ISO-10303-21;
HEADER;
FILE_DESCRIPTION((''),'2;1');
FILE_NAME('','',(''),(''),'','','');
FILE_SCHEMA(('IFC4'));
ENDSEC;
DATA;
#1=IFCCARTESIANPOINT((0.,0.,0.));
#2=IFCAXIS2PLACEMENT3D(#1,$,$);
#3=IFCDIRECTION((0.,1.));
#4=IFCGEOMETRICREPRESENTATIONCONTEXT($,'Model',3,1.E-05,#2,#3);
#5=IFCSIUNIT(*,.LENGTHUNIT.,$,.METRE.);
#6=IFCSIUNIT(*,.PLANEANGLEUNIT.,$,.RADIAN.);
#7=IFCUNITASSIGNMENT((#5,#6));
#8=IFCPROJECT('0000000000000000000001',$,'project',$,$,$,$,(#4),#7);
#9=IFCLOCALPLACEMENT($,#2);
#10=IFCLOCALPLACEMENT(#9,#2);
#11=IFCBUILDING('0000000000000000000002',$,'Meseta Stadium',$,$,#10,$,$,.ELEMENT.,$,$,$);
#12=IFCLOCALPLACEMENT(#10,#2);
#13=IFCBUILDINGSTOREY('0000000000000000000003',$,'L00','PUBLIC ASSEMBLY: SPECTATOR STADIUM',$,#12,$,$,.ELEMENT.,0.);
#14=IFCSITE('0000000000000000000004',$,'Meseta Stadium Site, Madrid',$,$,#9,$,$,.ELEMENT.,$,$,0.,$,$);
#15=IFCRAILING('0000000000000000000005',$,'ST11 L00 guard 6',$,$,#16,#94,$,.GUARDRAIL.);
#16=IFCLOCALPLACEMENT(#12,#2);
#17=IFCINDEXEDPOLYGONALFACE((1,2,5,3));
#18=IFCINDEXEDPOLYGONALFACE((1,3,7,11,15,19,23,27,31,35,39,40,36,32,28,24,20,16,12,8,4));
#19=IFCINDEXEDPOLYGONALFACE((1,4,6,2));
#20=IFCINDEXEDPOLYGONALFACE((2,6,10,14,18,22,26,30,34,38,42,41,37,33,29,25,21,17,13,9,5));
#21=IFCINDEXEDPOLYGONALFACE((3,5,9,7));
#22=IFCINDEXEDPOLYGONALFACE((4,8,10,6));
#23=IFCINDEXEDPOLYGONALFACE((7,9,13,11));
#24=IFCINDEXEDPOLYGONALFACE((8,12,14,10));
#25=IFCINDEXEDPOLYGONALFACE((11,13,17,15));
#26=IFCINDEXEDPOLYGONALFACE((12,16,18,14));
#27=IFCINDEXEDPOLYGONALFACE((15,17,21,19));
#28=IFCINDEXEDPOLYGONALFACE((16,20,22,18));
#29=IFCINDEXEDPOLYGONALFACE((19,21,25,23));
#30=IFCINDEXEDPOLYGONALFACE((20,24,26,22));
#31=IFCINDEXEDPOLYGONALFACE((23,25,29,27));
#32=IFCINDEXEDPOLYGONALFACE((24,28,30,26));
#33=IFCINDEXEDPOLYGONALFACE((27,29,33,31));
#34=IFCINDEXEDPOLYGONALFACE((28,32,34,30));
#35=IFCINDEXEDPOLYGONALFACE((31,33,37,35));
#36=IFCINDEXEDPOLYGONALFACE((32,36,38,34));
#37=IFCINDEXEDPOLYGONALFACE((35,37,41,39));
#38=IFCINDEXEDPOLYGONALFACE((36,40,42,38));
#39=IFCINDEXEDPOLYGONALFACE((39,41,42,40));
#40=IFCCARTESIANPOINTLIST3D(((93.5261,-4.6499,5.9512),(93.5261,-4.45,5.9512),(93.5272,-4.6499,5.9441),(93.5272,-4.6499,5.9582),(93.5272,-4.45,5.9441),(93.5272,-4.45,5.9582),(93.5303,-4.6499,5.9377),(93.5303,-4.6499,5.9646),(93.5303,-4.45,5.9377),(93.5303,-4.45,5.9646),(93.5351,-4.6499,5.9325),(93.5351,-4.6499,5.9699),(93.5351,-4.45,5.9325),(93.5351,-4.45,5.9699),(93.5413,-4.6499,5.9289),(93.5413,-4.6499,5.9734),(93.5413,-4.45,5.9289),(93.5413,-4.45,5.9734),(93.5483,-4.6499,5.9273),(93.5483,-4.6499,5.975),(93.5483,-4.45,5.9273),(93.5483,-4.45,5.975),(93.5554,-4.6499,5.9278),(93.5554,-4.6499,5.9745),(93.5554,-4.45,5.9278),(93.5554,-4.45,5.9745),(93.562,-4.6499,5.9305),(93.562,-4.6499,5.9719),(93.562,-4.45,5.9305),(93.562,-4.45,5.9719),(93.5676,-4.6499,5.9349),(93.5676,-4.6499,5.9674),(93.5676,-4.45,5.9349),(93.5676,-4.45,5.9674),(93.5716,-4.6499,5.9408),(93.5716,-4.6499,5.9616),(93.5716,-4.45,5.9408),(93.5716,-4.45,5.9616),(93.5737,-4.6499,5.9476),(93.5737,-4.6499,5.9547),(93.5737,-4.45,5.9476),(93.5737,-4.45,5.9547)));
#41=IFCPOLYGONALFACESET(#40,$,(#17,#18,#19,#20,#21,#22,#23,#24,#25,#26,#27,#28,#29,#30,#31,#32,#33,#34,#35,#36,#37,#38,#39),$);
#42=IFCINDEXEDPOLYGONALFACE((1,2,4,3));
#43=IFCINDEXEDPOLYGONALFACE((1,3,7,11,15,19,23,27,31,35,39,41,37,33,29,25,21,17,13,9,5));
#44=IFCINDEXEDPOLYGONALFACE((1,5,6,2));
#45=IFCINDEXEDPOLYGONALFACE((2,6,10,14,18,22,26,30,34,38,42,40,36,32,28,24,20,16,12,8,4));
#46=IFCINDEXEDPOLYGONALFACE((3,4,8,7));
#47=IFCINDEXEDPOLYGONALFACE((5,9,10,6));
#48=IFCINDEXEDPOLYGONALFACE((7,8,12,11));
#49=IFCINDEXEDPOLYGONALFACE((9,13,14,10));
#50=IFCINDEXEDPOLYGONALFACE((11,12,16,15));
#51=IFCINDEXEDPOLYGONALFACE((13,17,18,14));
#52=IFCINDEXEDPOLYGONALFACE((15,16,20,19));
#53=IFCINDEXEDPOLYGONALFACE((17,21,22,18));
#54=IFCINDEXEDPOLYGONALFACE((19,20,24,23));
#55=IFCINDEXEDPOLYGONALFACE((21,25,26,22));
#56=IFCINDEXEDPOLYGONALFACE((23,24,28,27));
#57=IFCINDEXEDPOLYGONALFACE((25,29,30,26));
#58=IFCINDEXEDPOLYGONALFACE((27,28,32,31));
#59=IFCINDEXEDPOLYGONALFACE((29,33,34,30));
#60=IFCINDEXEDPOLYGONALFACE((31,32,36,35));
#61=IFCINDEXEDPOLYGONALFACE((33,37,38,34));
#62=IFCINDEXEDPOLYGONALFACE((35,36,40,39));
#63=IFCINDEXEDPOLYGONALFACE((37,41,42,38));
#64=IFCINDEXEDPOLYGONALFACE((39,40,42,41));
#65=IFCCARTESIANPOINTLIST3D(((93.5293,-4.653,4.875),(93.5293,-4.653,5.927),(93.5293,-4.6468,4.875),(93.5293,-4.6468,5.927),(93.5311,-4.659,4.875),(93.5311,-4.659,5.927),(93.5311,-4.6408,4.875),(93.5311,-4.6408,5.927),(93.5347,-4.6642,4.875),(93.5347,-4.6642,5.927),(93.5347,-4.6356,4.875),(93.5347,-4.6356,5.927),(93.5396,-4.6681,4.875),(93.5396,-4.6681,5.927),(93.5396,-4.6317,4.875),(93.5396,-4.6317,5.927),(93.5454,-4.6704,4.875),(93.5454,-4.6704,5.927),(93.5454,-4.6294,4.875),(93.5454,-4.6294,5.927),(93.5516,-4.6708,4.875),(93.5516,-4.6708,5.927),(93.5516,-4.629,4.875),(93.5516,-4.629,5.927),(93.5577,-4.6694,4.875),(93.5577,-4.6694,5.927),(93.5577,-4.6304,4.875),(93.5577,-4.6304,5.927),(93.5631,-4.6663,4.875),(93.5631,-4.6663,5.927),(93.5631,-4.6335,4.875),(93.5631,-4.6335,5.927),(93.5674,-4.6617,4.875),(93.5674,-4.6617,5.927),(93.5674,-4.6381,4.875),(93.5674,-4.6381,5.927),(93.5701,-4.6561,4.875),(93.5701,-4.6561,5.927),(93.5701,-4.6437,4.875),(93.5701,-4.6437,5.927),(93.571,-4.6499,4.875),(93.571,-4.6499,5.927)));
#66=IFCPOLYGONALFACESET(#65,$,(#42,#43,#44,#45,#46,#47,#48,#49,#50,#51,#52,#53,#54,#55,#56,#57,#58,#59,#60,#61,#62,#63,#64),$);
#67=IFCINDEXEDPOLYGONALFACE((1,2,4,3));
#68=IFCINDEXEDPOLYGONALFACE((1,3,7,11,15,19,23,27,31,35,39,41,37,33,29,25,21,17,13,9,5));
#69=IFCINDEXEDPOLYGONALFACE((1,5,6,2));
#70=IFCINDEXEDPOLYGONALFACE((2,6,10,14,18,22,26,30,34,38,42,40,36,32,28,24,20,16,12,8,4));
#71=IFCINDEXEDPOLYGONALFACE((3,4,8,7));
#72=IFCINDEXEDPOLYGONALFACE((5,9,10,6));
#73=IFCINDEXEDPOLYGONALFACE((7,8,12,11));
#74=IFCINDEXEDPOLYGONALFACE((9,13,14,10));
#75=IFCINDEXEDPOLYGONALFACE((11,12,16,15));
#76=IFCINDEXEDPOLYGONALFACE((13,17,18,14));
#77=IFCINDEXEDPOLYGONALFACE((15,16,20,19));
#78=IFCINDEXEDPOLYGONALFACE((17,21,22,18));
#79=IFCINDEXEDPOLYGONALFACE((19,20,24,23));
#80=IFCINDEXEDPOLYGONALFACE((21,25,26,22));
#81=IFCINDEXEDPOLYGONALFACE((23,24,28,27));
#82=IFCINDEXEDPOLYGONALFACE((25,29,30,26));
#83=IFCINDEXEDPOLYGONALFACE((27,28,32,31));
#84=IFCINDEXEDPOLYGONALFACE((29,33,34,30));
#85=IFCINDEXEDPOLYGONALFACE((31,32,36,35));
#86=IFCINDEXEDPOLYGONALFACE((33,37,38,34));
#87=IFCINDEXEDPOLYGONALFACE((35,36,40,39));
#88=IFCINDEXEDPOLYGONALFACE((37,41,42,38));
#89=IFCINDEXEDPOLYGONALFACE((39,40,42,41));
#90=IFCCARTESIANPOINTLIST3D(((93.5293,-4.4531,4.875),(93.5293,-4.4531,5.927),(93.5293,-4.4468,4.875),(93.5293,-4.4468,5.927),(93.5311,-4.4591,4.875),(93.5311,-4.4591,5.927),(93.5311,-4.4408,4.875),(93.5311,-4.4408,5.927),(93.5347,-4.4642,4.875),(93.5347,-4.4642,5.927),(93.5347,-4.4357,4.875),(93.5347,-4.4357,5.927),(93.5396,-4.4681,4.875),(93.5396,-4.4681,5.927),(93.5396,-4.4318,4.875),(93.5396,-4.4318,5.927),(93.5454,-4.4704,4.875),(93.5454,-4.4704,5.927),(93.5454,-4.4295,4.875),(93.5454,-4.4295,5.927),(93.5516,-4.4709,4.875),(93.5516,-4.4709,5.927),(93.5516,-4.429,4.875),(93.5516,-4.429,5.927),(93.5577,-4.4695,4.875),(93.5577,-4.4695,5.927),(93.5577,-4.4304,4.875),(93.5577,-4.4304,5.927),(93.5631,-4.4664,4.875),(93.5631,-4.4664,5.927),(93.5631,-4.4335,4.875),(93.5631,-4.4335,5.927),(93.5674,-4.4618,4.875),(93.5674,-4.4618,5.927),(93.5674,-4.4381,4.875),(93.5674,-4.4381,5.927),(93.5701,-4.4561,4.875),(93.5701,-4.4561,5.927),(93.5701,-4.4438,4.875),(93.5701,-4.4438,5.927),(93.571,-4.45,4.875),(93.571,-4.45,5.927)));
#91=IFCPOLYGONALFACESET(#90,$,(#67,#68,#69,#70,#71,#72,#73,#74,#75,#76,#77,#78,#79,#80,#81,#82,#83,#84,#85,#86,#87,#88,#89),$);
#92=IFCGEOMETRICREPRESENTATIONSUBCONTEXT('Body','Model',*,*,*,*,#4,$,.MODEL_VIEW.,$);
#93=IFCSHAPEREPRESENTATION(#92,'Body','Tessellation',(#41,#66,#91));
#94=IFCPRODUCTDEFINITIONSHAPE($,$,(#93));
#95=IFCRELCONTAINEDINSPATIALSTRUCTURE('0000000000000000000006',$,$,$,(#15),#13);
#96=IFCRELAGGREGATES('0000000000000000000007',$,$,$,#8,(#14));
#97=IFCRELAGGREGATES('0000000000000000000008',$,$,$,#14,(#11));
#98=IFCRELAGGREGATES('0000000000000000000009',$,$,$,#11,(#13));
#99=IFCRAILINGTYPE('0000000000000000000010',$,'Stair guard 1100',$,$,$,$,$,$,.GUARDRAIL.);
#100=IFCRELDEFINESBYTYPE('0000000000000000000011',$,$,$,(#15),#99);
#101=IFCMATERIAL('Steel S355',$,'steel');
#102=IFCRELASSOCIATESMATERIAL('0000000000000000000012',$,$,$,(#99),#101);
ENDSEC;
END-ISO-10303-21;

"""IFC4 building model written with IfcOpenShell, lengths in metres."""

from ifc_helpers import new_model, si_unit, direction, frame, origin, origin_2d, place, context, subcontext, project, spatial, circle, extrude, material, type_object, element, save


model = new_model("IFC4")

# Units and contexts
model_context = context("Model", 3, precision=1e-05, world=origin(), true_north=direction((0.0, 1.0)))
body_context = subcontext(model_context, "Body", "Model", "MODEL_VIEW")
ifc_project = project(units=[si_unit("LENGTHUNIT", "METRE"), si_unit("PLANEANGLEUNIT", "RADIAN")], contexts=[model_context])

# Site, building, storey
site_placement = place(None, origin())
site = spatial("IfcSite", under=ifc_project, at=site_placement, Name="Meseta Stadium Site, Madrid", CompositionType="ELEMENT", RefElevation=0.0)
building_placement = place(site_placement, origin())
building = spatial("IfcBuilding", under=site, at=building_placement, Name="Meseta Stadium", CompositionType="ELEMENT")
storey_placement = place(building_placement, origin())
storey = spatial("IfcBuildingStorey", under=building, at=storey_placement, Name="L00", Description="PUBLIC ASSEMBLY: SPECTATOR STADIUM", CompositionType="ELEMENT", Elevation=0.0)

# Railing
ifc_material_1 = material(Name="Steel S355", Category="steel")
railing_type_1 = type_object("IfcRailingType", Name="Stair guard 1100", PredefinedType="GUARDRAIL", material=ifc_material_1)
railing_1_placement = place(storey_placement, frame((93.55, -4.6499, 4.875)))
element("IfcRailing", 1, at=railing_1_placement, inside=storey, type_object=railing_type_1, Name="ST11 L00 guard 6", PredefinedType="GUARDRAIL", context=body_context, shape_type="SweptSolid", body=[
    extrude(circle(Radius=0.0239, at=origin_2d()), frame((0.0, 0.0, 1.0762), z_axis=(0.0, 1.0, 0.0), x_axis=(-1.0, 0.0, 0.0)), (0.0, 0.0, 1.0), 0.2),
    extrude(circle(Radius=0.021, at=origin_2d()), origin(), (0.0, 0.0, 1.0), 1.052),
    extrude(circle(Radius=0.021, at=origin_2d()), frame((0.0, 0.2, 0.0)), (0.0, 0.0, 1.0), 1.052),
])

save(model, "model.ifc")
